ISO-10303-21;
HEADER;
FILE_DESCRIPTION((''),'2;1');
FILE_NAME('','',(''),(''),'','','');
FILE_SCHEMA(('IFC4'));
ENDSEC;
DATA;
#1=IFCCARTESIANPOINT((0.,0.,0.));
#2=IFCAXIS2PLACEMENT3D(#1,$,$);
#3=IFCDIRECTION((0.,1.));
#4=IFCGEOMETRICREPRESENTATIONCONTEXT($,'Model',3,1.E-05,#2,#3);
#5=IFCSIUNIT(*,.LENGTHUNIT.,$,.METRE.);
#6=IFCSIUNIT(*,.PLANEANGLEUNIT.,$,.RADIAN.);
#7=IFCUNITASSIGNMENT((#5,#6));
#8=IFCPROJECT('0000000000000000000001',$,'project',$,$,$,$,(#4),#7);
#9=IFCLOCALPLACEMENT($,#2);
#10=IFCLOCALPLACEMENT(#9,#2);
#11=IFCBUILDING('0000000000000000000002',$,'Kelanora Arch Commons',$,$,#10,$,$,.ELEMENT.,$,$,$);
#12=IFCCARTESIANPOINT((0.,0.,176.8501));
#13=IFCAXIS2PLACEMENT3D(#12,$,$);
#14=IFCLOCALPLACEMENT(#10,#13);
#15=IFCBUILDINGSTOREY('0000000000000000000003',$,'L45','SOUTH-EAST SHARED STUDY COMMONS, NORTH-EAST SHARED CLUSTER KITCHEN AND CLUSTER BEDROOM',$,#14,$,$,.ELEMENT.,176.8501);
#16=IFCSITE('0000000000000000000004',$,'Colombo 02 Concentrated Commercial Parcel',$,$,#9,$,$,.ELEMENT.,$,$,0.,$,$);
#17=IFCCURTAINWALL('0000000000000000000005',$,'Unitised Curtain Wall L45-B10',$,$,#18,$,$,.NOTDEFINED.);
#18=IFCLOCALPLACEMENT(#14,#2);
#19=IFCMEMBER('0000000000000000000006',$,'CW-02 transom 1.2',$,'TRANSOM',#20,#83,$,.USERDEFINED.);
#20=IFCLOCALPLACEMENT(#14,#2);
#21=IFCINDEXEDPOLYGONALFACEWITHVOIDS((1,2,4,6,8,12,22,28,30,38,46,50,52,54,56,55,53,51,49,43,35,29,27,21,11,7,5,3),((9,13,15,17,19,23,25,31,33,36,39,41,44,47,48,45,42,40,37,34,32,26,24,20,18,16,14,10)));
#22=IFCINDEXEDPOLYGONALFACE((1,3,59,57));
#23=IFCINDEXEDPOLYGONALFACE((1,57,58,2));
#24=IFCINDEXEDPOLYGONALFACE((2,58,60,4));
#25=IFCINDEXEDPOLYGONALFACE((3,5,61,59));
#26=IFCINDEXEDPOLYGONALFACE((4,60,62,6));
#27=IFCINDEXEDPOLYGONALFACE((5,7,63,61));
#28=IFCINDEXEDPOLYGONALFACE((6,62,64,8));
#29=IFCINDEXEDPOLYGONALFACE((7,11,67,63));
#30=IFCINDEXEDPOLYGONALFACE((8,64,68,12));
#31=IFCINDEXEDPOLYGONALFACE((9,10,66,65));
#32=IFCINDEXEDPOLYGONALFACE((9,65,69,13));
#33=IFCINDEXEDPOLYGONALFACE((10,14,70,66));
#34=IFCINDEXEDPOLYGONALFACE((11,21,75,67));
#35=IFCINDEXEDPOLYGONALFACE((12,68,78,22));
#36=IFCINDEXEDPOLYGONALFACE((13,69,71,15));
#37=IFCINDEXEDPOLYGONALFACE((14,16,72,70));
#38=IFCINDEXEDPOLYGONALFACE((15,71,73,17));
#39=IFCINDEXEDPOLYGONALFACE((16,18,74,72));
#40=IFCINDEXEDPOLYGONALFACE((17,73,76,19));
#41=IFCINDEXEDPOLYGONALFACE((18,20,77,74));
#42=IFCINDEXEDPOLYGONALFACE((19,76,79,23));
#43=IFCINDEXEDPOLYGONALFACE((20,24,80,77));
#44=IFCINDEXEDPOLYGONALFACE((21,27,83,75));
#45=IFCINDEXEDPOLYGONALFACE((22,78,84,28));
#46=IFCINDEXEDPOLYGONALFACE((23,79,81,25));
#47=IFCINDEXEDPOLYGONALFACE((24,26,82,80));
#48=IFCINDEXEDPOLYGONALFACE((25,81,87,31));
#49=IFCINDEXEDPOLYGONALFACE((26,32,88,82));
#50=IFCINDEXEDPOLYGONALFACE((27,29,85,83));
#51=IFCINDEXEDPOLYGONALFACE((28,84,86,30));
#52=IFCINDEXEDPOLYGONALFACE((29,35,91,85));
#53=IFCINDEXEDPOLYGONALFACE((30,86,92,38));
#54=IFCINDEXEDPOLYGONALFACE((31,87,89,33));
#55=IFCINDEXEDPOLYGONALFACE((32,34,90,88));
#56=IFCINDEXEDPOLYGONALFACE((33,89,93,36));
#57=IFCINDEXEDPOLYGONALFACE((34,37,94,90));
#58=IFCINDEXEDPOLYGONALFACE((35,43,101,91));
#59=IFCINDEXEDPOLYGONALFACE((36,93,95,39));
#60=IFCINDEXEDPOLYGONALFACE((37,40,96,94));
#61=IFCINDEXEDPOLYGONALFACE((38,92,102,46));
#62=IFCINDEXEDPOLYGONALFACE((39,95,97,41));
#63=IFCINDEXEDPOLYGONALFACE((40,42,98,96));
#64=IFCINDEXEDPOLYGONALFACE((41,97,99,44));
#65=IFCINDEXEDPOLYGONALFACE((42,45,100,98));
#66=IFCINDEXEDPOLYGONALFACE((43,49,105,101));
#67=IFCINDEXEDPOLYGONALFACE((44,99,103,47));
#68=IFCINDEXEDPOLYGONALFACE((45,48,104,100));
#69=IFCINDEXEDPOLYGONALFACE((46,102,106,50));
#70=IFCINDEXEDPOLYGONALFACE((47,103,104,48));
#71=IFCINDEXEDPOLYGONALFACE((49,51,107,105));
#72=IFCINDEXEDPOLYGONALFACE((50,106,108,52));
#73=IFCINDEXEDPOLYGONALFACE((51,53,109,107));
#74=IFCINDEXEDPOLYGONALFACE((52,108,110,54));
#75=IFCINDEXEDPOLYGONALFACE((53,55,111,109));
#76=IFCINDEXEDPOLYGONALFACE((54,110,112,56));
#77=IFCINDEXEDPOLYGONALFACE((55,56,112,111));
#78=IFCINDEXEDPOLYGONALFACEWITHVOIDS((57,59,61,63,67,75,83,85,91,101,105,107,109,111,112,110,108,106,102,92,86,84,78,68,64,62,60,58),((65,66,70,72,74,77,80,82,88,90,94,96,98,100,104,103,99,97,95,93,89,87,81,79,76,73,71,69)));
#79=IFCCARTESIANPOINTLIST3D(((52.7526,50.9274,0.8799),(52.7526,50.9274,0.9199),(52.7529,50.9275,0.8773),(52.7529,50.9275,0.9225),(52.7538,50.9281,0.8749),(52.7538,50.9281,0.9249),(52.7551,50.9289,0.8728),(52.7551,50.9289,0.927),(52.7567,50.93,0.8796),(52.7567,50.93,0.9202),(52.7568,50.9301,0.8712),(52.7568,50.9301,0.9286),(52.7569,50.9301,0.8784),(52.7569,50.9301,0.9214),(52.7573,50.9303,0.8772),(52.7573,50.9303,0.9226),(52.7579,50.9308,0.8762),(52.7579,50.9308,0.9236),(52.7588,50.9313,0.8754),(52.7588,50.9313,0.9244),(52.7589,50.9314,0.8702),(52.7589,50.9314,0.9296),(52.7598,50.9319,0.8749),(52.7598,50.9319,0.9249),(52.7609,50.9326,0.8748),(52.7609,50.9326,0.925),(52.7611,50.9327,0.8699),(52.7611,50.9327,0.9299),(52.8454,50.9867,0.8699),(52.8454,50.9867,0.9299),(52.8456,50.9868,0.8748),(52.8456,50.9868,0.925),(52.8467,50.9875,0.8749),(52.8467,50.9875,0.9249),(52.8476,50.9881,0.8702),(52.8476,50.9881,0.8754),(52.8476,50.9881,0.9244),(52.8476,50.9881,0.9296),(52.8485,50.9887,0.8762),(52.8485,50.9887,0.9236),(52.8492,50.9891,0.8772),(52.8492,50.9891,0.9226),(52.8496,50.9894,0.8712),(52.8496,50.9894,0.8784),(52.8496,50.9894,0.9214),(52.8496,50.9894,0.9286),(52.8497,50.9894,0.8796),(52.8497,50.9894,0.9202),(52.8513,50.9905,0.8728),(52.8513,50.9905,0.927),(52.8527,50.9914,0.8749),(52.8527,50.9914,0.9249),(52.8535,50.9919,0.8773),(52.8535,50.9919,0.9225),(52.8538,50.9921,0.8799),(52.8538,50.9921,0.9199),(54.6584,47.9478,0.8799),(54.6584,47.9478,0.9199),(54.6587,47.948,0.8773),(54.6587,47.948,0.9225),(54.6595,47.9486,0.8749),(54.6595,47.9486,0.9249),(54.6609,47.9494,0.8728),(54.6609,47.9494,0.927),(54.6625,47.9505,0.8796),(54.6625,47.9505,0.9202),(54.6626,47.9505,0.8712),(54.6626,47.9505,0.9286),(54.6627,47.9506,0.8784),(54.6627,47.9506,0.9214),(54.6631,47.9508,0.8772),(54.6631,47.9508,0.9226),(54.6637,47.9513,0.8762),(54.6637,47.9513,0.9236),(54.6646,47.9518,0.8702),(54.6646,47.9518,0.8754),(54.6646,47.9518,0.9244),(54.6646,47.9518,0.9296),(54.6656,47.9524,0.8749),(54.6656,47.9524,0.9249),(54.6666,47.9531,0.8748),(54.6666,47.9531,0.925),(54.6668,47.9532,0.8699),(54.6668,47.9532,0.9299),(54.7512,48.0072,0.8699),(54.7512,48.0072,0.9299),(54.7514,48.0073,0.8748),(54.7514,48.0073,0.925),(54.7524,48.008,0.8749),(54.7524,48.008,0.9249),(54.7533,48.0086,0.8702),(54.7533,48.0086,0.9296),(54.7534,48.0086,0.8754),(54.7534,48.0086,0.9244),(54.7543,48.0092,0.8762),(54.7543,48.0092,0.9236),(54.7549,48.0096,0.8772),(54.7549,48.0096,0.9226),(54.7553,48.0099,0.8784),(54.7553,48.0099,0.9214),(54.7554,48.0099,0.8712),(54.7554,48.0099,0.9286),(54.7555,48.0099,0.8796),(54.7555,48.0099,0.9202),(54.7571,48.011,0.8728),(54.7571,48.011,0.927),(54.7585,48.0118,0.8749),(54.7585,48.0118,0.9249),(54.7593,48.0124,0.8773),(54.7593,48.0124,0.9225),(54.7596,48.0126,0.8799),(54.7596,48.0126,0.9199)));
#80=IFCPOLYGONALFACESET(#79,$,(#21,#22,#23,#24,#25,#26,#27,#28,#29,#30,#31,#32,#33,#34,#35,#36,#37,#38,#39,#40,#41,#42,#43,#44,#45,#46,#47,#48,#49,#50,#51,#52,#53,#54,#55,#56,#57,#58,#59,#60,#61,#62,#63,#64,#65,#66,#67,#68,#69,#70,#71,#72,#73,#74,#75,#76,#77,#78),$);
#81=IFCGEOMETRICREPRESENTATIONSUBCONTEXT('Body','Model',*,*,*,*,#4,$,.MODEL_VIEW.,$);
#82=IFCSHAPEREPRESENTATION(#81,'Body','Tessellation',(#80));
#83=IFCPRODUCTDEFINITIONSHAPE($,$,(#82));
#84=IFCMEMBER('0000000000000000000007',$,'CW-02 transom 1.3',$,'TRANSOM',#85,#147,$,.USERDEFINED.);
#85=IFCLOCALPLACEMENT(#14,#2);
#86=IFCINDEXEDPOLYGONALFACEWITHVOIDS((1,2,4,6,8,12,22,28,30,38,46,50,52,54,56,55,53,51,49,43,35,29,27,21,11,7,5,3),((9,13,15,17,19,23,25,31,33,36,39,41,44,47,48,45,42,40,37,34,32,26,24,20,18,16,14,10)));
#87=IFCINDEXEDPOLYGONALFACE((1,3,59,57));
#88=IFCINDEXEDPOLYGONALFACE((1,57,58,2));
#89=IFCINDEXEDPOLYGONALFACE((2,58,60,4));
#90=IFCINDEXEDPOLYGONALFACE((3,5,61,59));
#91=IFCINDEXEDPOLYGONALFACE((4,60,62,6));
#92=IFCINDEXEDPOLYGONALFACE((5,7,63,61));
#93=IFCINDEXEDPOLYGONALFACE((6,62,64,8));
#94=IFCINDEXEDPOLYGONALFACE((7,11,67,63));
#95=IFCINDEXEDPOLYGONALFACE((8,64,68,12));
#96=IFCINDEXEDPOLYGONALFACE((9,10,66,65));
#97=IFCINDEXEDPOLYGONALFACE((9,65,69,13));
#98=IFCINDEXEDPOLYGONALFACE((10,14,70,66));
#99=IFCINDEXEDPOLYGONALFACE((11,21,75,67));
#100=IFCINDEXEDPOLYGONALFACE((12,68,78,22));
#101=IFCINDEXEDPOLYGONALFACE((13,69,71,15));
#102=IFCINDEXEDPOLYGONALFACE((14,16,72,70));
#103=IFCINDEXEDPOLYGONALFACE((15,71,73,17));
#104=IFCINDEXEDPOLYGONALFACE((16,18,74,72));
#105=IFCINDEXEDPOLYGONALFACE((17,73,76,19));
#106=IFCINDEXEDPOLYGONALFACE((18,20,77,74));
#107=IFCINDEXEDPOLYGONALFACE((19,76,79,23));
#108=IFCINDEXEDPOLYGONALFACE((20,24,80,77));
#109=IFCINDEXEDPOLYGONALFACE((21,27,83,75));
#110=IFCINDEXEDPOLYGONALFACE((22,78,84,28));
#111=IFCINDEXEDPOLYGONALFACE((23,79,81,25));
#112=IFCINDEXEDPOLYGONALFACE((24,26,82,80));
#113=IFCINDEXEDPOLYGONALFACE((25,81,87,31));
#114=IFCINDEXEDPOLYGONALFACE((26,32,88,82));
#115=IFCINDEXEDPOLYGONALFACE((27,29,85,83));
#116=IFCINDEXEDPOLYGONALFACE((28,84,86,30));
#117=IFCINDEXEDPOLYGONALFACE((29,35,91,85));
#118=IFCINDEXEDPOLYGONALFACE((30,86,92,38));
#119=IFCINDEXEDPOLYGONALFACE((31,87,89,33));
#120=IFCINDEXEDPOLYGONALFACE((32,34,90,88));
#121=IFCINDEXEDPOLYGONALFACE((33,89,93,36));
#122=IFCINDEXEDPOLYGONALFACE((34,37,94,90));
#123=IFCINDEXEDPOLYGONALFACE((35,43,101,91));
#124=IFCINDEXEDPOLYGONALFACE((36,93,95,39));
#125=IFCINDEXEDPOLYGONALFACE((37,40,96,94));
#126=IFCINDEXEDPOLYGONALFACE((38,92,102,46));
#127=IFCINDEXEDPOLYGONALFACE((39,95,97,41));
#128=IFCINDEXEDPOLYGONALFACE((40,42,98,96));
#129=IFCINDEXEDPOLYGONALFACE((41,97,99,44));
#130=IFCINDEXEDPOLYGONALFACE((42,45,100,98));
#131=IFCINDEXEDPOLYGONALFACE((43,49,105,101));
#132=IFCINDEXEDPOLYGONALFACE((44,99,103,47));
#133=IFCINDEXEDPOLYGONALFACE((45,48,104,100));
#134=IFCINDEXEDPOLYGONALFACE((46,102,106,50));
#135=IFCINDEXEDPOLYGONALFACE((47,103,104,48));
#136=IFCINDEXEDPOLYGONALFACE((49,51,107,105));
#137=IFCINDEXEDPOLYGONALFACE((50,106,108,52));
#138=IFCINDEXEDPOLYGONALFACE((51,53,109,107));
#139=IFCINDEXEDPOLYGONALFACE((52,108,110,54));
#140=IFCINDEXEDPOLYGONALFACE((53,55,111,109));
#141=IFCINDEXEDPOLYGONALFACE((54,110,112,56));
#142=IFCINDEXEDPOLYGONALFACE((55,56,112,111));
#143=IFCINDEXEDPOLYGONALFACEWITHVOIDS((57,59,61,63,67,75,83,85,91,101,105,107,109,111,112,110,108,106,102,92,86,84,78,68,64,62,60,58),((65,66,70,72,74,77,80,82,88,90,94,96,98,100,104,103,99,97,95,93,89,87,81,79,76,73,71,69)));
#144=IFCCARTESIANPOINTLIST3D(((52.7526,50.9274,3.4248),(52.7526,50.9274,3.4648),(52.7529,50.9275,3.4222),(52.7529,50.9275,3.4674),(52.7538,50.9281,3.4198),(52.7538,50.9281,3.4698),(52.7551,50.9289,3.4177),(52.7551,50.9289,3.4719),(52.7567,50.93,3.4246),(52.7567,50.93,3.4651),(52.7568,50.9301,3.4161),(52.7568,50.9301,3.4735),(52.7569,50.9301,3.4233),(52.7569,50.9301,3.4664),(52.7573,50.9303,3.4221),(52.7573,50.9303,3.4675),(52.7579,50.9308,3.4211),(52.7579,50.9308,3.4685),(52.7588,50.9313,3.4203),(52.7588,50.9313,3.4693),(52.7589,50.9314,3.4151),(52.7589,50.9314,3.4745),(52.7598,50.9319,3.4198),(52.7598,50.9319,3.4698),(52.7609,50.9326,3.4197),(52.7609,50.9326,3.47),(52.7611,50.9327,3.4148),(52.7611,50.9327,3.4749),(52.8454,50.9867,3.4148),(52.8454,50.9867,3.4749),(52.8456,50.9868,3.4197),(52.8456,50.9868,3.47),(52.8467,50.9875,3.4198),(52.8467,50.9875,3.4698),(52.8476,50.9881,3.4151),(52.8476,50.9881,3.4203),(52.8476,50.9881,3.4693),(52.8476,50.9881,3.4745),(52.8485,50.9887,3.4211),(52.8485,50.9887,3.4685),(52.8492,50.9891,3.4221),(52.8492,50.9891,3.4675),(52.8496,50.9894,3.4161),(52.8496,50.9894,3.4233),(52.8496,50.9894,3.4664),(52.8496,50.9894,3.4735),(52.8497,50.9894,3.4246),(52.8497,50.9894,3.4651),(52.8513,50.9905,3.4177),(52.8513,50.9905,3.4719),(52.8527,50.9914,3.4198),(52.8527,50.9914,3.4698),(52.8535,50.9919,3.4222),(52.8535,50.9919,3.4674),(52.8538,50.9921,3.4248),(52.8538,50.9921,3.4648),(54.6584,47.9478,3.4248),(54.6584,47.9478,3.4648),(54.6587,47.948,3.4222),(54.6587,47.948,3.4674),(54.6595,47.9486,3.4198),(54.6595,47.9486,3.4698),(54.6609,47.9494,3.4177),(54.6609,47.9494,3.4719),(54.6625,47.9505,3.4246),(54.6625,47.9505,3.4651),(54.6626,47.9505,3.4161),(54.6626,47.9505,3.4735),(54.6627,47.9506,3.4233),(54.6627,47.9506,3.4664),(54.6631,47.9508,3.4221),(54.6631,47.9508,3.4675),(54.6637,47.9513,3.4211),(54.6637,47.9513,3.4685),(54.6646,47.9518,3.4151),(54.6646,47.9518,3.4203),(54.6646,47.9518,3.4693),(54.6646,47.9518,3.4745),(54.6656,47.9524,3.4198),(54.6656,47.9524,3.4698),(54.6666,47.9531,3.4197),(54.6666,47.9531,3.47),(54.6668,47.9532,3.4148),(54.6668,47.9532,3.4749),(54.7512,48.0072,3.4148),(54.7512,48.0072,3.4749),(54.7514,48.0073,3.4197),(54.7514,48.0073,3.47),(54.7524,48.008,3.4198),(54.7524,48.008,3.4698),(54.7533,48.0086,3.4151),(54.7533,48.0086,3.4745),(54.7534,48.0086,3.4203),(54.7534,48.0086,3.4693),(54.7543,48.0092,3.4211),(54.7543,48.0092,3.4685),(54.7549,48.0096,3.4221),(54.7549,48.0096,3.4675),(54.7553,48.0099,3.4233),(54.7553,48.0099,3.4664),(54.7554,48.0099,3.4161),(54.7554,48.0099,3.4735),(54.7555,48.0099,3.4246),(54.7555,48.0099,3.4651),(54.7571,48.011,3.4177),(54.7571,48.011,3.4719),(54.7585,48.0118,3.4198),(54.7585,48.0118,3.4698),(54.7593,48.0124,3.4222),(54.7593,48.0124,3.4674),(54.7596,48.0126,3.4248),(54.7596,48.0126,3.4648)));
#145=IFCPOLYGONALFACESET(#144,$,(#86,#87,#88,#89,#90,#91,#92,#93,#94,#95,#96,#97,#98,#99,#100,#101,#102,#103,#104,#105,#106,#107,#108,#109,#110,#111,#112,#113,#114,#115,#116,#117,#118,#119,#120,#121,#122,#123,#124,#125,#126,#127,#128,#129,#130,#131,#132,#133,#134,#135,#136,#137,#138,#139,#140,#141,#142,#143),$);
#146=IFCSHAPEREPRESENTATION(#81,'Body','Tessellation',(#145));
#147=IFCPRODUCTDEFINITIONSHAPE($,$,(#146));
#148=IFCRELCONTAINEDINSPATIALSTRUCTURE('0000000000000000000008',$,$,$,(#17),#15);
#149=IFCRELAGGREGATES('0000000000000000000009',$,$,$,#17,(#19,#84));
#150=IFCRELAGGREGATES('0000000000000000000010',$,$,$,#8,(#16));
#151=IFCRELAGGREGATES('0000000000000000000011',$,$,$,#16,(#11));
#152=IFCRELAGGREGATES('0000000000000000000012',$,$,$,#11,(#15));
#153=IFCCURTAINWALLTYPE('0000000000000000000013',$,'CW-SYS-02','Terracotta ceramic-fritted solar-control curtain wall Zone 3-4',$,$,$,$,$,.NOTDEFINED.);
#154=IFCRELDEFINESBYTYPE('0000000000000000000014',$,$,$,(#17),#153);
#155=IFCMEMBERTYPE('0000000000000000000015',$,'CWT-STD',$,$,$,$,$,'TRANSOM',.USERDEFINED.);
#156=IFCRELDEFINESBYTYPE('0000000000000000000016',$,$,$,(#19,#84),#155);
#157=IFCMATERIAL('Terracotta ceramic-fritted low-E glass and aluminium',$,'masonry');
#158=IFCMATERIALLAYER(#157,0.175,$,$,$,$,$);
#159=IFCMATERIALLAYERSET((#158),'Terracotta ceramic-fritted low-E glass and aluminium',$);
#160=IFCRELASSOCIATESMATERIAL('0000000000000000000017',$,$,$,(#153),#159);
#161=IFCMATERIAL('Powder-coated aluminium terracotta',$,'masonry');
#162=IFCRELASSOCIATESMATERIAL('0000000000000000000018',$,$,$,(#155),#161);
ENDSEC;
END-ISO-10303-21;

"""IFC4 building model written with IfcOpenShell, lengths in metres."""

from ifc_helpers import new_model, si_unit, direction, frame, origin, origin_2d, place, context, subcontext, project, spatial, hollow_rectangle, extrude, material, layer, layer_set, material_profile, profile_set, type_object, element, aggregate, save


model = new_model("IFC4")

# Units and contexts
model_context = context("Model", 3, precision=1e-05, world=origin(), true_north=direction((0.0, 1.0)))
body_context = subcontext(model_context, "Body", "Model", "MODEL_VIEW")
ifc_project = project(units=[si_unit("LENGTHUNIT", "METRE"), si_unit("PLANEANGLEUNIT", "RADIAN")], contexts=[model_context])

# Site, building, storey
site_placement = place(None, origin())
site = spatial("IfcSite", under=ifc_project, at=site_placement, Name="Colombo 02 Concentrated Commercial Parcel", CompositionType="ELEMENT", RefElevation=0.0)
building_placement = place(site_placement, origin())
building = spatial("IfcBuilding", under=site, at=building_placement, Name="Kelanora Arch Commons", CompositionType="ELEMENT")
storey_placement = place(building_placement, frame((0.0, 0.0, 176.8501)))
storey = spatial("IfcBuildingStorey", under=building, at=storey_placement, Name="L45", Description="SOUTH-EAST SHARED STUDY COMMONS, NORTH-EAST SHARED CLUSTER KITCHEN AND CLUSTER BEDROOM", CompositionType="ELEMENT", Elevation=176.8501)

# Shared definitions
ifc_material_1 = material(Name="Terracotta ceramic-fritted low-E glass and aluminium", Category="masonry")
ifc_layer_1 = layer(ifc_material_1, 0.175)
ifc_layer_set_1 = layer_set([ifc_layer_1], Name="Terracotta ceramic-fritted low-E glass and aluminium")
curtain_wall_type = type_object("IfcCurtainWallType", Name="CW-SYS-02", Description="Terracotta ceramic-fritted solar-control curtain wall Zone 3-4", PredefinedType="NOTDEFINED", material=ifc_layer_set_1)
ifc_material_2 = material(Name="Powder-coated aluminium terracotta", Category="masonry")

# Curtain wall, members
curtain_wall_1_placement = place(storey_placement, origin())
curtain_wall_1 = element("IfcCurtainWall", 1, at=curtain_wall_1_placement, inside=storey, type_object=curtain_wall_type, Name="Unitised Curtain Wall L45-B10", PredefinedType="NOTDEFINED")
ifc_material_profile_1 = material_profile(ifc_material_2, hollow_rectangle(XDim=0.1201, YDim=0.0601, WallThickness=0.0049, InnerFilletRadius=0.0049, OuterFilletRadius=0.01, at=origin_2d()), Name="CWT120x60")
ifc_profile_set_1 = profile_set([ifc_material_profile_1], Name="Powder-coated aluminium terracotta")
member_type_1 = type_object("IfcMemberType", Name="CWT-STD", ElementType="TRANSOM", PredefinedType="USERDEFINED", material=ifc_profile_set_1)
member_1_placement = place(storey_placement, frame((52.8032, 50.9597, 0.8999), z_axis=(0.53883, -0.842414, 0.0), x_axis=(0.842414, 0.53883, 0.0)))
member_1 = element("IfcMember", 2, at=member_1_placement, type_object=member_type_1, Name="CW-02 transom 1.2", ObjectType="TRANSOM", PredefinedType="USERDEFINED", context=body_context, shape_type="SweptSolid", body=[
    extrude(hollow_rectangle(XDim=0.1201, YDim=0.0601, WallThickness=0.0049, InnerFilletRadius=0.0049, OuterFilletRadius=0.01, at=origin_2d()), origin(), (0.0, 0.0, 1.0), 3.5369),
])
member_2_placement = place(storey_placement, frame((52.8032, 50.9597, 3.4448), z_axis=(0.53883, -0.842414, 0.0), x_axis=(0.842414, 0.53883, 0.0)))
member_2 = element("IfcMember", 3, at=member_2_placement, type_object=member_type_1, Name="CW-02 transom 1.3", ObjectType="TRANSOM", PredefinedType="USERDEFINED", context=body_context, shape_type="SweptSolid", body=[
    extrude(hollow_rectangle(XDim=0.1201, YDim=0.0601, WallThickness=0.0049, InnerFilletRadius=0.0049, OuterFilletRadius=0.01, at=origin_2d()), origin(), (0.0, 0.0, 1.0), 3.5369),
])

aggregate(curtain_wall_1, [member_1, member_2])

save(model, "model.ifc")
